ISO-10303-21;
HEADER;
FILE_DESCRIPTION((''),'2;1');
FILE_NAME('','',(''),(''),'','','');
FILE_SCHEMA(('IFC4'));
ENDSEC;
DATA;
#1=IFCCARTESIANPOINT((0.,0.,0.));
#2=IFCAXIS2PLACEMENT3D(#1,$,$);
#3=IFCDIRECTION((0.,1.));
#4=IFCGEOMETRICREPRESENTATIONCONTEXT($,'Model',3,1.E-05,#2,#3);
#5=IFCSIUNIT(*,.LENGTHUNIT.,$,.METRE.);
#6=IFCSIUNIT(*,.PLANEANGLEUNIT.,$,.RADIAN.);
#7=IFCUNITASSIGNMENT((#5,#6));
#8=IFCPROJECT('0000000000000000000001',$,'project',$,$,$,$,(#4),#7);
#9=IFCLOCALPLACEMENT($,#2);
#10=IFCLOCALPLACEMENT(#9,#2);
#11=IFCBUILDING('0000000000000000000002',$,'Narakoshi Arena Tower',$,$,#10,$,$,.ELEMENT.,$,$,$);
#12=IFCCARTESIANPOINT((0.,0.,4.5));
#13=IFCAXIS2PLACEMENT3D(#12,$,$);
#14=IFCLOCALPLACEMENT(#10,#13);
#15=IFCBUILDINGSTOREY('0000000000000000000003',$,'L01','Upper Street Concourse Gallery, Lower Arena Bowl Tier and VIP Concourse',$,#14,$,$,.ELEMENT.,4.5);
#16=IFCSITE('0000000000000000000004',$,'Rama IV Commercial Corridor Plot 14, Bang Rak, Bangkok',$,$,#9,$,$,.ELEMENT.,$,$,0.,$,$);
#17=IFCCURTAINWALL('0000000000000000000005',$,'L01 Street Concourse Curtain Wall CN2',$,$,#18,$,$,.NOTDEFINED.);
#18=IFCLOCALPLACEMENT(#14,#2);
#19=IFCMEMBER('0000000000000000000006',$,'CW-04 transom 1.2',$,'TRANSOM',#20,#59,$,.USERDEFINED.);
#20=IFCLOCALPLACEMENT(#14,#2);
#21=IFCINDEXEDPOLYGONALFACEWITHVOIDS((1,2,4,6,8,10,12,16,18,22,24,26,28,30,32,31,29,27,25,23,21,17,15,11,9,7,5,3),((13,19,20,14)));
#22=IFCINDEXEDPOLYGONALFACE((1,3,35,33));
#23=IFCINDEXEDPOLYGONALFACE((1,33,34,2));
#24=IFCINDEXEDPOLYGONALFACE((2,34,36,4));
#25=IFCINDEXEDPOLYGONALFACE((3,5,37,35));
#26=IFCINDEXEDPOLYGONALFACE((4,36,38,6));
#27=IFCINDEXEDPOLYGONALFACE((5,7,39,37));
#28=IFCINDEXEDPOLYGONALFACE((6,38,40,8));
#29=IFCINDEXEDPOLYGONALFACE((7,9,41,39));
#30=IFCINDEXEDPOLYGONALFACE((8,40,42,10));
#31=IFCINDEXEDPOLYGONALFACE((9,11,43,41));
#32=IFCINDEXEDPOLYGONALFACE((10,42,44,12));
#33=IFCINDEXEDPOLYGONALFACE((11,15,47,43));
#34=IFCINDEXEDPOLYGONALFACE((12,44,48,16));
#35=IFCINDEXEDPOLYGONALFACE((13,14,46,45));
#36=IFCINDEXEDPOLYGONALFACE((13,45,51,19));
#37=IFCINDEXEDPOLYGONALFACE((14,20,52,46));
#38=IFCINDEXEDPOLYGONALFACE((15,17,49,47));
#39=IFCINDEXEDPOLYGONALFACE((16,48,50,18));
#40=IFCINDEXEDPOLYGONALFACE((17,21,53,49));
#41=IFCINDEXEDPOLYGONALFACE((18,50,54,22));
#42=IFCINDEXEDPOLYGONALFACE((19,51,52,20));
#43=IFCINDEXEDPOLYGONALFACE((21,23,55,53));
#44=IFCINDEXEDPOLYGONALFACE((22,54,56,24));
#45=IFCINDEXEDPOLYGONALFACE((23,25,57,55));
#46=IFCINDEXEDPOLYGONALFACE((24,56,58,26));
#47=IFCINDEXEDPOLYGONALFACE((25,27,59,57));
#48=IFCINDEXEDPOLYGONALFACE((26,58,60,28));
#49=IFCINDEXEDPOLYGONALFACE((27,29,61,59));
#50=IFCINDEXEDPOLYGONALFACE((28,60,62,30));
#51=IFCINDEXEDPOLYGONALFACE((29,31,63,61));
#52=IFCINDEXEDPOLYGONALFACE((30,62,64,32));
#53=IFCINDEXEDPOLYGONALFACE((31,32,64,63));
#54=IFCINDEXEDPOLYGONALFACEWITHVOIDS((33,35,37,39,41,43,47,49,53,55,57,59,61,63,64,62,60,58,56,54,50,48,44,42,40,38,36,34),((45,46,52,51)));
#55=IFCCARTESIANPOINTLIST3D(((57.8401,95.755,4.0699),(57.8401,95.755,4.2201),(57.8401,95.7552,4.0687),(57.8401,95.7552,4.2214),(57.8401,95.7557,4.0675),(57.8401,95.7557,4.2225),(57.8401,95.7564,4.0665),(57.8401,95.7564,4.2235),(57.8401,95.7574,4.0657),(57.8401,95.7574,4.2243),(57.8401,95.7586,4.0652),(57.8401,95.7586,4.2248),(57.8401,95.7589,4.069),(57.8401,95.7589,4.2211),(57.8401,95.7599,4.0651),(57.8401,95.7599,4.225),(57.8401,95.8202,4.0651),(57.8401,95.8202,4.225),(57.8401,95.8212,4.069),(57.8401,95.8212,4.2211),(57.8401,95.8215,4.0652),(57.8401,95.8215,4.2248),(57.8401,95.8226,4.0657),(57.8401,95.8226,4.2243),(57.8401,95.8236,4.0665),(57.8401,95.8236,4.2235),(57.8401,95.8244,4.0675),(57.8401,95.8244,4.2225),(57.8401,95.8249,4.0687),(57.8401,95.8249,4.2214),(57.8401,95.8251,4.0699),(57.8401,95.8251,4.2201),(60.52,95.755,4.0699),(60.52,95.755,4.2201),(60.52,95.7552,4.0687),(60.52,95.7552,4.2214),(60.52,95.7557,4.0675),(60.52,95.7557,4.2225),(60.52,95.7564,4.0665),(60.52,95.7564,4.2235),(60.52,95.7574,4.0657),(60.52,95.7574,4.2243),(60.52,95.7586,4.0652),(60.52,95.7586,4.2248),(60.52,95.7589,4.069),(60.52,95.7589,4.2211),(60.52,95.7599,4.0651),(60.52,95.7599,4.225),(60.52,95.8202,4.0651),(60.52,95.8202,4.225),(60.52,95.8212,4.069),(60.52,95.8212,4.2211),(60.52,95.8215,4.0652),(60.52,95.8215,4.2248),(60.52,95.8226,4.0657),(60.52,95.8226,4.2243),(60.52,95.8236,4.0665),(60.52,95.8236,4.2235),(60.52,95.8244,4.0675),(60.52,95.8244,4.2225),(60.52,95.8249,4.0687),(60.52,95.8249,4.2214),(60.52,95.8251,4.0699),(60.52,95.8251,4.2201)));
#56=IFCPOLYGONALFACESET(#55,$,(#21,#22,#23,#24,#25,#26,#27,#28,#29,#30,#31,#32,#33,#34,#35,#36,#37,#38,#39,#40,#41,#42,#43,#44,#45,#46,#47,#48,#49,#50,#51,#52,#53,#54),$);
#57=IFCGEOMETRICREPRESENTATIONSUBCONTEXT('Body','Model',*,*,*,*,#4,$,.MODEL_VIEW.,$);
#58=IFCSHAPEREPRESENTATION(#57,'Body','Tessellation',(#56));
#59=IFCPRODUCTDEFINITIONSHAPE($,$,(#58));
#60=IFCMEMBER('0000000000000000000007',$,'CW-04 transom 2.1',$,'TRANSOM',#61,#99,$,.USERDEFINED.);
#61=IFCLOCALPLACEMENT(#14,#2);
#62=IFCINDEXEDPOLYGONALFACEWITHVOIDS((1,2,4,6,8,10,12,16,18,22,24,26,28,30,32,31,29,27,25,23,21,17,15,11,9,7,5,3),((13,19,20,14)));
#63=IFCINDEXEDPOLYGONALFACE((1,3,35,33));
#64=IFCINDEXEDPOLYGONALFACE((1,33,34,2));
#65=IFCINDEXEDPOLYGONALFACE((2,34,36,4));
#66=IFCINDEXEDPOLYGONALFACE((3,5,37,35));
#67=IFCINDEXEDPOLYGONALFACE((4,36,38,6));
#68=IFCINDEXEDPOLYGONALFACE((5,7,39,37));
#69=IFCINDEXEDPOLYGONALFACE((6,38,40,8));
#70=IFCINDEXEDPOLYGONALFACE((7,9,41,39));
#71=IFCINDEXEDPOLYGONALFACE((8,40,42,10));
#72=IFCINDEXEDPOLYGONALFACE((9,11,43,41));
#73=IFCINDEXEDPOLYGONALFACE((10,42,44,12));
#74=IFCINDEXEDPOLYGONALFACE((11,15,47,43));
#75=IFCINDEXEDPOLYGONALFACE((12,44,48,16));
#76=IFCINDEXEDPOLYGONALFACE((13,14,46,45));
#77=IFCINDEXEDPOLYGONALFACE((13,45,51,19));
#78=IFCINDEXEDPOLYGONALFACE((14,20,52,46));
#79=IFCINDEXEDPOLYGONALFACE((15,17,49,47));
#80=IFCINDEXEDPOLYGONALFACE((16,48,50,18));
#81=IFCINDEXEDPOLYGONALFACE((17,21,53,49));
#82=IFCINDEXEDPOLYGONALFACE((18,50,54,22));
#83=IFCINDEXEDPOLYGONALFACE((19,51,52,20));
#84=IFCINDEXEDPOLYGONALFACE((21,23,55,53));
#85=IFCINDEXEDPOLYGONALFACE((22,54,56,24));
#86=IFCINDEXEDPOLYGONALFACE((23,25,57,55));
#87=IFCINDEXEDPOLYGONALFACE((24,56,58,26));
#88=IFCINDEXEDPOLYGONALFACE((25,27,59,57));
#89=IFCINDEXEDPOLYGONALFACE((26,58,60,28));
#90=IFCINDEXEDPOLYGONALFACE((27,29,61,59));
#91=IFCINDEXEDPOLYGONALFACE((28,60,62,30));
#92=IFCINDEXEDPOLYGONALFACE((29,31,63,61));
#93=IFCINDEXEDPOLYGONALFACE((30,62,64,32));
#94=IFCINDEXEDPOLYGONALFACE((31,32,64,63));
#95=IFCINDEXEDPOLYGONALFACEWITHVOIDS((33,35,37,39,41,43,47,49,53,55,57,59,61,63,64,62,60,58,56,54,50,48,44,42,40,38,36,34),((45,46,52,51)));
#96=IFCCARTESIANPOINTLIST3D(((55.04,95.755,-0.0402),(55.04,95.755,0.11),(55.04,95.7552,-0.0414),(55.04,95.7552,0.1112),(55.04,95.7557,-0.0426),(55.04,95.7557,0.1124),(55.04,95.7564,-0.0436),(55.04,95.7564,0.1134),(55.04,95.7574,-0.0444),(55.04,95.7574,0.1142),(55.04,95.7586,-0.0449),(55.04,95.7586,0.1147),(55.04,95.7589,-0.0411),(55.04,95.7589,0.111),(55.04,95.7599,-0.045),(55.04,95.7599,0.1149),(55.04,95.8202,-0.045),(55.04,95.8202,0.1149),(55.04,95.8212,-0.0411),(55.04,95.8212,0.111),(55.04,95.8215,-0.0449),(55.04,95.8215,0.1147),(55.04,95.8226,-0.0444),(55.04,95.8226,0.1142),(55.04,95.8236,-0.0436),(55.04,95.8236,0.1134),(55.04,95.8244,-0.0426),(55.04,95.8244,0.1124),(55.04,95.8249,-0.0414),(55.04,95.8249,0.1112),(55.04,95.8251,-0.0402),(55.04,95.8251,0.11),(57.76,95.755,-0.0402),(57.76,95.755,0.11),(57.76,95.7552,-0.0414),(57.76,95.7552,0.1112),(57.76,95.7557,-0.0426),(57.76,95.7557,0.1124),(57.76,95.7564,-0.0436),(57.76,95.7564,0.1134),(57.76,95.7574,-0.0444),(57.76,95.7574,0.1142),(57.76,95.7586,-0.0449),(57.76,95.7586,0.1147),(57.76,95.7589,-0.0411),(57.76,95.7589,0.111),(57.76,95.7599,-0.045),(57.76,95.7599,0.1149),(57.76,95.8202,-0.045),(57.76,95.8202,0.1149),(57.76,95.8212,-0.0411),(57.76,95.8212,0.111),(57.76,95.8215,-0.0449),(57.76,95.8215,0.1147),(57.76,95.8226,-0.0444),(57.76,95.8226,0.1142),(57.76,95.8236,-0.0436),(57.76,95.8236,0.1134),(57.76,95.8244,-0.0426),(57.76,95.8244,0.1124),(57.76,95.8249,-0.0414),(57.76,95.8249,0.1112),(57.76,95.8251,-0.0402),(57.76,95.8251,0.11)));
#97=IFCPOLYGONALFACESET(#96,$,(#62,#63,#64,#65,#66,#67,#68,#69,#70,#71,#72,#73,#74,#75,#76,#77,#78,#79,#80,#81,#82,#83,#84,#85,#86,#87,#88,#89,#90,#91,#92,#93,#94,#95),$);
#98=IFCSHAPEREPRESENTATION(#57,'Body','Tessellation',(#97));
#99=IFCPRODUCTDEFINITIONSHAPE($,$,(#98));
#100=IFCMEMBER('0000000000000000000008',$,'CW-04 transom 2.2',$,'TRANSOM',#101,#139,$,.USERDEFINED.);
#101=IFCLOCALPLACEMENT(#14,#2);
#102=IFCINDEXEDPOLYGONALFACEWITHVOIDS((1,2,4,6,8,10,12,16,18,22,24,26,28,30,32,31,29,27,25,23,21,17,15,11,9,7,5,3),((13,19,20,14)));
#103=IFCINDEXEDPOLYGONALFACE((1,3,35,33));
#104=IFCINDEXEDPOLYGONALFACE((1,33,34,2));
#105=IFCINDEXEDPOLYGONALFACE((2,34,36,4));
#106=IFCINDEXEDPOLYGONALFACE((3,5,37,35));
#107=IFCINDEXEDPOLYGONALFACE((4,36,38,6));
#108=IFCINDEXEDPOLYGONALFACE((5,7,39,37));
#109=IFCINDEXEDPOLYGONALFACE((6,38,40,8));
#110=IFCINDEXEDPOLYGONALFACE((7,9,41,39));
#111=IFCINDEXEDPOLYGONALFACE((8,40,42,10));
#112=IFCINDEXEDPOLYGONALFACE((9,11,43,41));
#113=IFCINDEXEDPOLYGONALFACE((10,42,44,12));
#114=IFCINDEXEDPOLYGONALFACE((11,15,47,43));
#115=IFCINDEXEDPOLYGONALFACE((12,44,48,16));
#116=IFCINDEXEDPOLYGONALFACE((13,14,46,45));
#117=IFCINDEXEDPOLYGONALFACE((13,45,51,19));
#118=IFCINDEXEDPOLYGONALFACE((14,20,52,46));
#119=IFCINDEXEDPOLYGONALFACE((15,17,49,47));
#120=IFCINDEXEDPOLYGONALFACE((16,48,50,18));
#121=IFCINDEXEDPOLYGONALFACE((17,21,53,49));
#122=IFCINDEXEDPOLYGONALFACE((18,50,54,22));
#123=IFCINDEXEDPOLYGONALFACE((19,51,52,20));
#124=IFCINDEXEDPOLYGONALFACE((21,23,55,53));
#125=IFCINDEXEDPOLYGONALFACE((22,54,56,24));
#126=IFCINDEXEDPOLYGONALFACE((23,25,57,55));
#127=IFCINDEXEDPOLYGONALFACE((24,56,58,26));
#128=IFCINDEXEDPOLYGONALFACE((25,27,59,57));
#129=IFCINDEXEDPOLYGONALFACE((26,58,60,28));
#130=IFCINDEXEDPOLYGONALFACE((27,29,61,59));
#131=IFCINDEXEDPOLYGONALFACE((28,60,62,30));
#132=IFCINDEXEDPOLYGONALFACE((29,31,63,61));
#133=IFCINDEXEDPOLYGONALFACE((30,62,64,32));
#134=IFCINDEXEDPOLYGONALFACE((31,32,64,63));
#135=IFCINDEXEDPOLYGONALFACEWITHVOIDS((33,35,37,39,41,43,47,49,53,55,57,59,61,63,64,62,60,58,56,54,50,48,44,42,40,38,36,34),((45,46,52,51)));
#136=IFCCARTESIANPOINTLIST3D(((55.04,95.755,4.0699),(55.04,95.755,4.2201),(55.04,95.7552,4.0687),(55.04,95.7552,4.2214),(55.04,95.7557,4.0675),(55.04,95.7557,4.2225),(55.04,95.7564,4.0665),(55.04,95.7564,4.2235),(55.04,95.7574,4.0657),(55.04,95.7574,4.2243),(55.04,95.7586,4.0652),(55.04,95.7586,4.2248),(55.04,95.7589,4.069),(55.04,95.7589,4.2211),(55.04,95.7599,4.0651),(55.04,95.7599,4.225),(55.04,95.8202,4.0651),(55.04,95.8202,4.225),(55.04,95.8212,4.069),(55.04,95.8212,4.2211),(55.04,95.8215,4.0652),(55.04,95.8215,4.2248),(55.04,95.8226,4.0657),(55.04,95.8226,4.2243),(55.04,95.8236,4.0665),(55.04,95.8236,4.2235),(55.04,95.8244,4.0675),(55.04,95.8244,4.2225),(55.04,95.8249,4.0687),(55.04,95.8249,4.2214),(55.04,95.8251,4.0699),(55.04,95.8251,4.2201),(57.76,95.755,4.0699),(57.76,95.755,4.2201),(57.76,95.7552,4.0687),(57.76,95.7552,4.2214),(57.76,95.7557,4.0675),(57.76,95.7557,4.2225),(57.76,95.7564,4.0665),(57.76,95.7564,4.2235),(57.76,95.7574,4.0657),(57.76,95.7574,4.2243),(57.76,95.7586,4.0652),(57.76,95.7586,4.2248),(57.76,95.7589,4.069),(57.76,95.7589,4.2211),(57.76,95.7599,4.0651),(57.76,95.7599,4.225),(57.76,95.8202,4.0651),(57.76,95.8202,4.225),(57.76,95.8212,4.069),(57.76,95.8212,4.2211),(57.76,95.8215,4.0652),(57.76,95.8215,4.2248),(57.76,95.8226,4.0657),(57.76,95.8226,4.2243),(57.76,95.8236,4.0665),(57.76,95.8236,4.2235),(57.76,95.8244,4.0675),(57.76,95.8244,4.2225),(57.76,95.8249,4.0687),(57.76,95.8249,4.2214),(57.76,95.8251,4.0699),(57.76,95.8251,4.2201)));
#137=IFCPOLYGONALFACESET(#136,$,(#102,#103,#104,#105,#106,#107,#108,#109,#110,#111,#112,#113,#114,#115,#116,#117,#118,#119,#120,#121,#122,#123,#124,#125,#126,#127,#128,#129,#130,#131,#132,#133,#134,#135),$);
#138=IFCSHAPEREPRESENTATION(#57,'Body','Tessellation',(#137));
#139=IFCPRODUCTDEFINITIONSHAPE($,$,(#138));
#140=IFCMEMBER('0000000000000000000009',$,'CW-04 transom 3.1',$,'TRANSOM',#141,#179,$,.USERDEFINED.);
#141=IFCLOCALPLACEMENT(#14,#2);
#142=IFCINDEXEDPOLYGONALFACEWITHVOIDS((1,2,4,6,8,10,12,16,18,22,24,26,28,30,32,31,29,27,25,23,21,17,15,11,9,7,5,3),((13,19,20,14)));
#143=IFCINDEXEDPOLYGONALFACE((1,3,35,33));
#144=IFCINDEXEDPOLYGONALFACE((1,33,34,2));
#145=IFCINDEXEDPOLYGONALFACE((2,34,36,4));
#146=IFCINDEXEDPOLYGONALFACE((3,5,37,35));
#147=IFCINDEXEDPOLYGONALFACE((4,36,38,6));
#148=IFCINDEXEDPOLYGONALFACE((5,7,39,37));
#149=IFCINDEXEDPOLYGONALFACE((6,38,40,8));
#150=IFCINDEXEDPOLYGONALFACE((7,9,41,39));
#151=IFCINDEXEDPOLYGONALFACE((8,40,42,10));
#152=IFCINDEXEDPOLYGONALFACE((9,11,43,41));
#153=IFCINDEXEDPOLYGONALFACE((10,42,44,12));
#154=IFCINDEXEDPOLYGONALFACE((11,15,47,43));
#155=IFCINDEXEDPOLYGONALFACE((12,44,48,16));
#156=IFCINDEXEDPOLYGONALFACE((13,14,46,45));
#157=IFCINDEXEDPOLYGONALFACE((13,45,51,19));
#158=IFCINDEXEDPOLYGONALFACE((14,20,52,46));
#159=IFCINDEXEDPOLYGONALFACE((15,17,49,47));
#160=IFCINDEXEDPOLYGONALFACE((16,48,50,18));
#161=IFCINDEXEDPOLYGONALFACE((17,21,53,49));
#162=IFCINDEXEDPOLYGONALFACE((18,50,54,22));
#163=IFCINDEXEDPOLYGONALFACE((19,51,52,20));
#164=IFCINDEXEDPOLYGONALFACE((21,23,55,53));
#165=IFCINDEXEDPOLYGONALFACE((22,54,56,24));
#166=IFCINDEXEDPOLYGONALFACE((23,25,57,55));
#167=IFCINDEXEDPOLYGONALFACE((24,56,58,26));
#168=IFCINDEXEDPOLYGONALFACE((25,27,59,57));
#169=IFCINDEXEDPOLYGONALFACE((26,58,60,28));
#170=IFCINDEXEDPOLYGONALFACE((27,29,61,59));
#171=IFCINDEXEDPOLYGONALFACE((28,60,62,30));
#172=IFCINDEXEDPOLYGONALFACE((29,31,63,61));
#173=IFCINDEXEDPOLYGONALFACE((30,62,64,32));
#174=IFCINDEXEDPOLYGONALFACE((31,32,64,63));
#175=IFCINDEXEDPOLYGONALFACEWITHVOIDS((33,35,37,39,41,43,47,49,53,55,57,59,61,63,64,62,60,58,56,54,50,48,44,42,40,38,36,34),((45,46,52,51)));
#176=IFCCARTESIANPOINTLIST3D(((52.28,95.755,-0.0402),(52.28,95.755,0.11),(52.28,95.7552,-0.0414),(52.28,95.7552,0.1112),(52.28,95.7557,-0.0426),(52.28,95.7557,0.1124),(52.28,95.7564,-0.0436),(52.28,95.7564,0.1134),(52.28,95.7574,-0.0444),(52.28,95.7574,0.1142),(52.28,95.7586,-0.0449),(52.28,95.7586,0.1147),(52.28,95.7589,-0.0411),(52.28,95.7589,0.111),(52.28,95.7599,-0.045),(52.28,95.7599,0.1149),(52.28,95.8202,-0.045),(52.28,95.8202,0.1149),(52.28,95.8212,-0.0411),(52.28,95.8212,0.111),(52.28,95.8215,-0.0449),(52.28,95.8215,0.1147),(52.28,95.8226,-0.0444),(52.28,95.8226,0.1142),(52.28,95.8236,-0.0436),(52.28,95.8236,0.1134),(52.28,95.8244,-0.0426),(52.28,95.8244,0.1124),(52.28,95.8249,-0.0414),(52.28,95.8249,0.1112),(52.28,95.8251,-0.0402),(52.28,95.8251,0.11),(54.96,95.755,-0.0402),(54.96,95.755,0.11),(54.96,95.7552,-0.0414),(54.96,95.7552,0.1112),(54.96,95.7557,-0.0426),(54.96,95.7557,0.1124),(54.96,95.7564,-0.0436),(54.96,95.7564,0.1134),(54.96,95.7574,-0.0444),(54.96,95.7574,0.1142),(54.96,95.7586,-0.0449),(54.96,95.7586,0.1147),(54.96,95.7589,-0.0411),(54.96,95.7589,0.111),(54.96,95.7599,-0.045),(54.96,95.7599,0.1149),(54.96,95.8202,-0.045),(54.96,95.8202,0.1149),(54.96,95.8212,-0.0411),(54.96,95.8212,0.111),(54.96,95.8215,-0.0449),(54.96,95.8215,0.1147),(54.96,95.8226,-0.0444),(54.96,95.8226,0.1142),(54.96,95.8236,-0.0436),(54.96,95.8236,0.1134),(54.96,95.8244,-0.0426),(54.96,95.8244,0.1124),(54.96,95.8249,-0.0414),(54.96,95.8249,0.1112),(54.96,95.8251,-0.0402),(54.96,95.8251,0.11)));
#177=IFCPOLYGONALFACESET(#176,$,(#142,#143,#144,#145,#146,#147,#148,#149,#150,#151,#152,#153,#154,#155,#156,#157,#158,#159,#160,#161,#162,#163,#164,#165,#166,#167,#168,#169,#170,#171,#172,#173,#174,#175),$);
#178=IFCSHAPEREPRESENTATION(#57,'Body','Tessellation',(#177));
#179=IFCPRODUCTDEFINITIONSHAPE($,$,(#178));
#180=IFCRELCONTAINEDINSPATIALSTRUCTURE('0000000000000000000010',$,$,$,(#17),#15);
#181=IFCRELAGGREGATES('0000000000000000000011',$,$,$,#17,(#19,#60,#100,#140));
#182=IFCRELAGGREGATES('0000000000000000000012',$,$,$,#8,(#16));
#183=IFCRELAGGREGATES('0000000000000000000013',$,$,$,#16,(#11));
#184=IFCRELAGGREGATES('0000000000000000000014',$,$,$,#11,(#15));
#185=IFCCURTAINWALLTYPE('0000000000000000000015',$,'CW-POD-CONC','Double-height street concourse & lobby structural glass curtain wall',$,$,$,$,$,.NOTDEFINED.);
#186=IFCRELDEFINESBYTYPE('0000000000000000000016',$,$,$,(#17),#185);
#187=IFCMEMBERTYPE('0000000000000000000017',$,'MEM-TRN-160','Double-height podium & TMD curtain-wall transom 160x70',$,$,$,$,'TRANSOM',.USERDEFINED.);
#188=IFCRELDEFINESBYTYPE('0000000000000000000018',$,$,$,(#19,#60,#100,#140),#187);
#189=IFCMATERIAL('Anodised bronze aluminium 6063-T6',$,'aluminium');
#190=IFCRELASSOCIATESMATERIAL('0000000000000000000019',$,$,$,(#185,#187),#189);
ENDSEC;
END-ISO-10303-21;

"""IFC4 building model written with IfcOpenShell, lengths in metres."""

from ifc_helpers import new_model, si_unit, direction, frame, origin, origin_2d, place, context, subcontext, project, spatial, hollow_rectangle, extrude, material, material_profile, profile_set, type_object, element, aggregate, save


model = new_model("IFC4")

# Units and contexts
model_context = context("Model", 3, precision=1e-05, world=origin(), true_north=direction((0.0, 1.0)))
body_context = subcontext(model_context, "Body", "Model", "MODEL_VIEW")
ifc_project = project(units=[si_unit("LENGTHUNIT", "METRE"), si_unit("PLANEANGLEUNIT", "RADIAN")], contexts=[model_context])

# Site, building, storey
site_placement = place(None, origin())
site = spatial("IfcSite", under=ifc_project, at=site_placement, Name="Rama IV Commercial Corridor Plot 14, Bang Rak, Bangkok", CompositionType="ELEMENT", RefElevation=0.0)
building_placement = place(site_placement, origin())
building = spatial("IfcBuilding", under=site, at=building_placement, Name="Narakoshi Arena Tower", CompositionType="ELEMENT")
storey_placement = place(building_placement, frame((0.0, 0.0, 4.5)))
storey = spatial("IfcBuildingStorey", under=building, at=storey_placement, Name="L01", Description="Upper Street Concourse Gallery, Lower Arena Bowl Tier and VIP Concourse", CompositionType="ELEMENT", Elevation=4.5)

# Shared definitions
ifc_material_1 = material(Name="Anodised bronze aluminium 6063-T6", Category="aluminium")
curtain_wall_type = type_object("IfcCurtainWallType", Name="CW-POD-CONC", Description="Double-height street concourse & lobby structural glass curtain wall", PredefinedType="NOTDEFINED", material=ifc_material_1)

# Curtain wall
curtain_wall_1_placement = place(storey_placement, origin())
curtain_wall_1 = element("IfcCurtainWall", 1, at=curtain_wall_1_placement, inside=storey, type_object=curtain_wall_type, Name="L01 Street Concourse Curtain Wall CN2", PredefinedType="NOTDEFINED")

# Members
ifc_material_profile_1 = material_profile(ifc_material_1, hollow_rectangle(XDim=0.0701, YDim=0.1599, WallThickness=0.0039, OuterFilletRadius=0.0049, at=origin_2d()), Name="TRN160x70x4")
ifc_profile_set_1 = profile_set([ifc_material_profile_1], Name="Anodised bronze aluminium 6063-T6")
member_type_1 = type_object("IfcMemberType", Name="MEM-TRN-160", Description="Double-height podium & TMD curtain-wall transom 160x70", ElementType="TRANSOM", PredefinedType="USERDEFINED", material=ifc_profile_set_1)
member_1_placement = place(storey_placement, frame((60.52, 95.79, 4.145), z_axis=(-1.0, 0.0, 0.0), x_axis=(0.0, -1.0, 0.0)))
member_1 = element("IfcMember", 2, at=member_1_placement, type_object=member_type_1, Name="CW-04 transom 1.2", ObjectType="TRANSOM", PredefinedType="USERDEFINED", context=body_context, shape_type="SweptSolid", body=[
    extrude(hollow_rectangle(XDim=0.0701, YDim=0.1599, WallThickness=0.0039, OuterFilletRadius=0.0049, at=origin_2d()), origin(), (0.0, 0.0, 1.0), 2.6799),
])
member_2_placement = place(storey_placement, frame((57.76, 95.79, 0.0349), z_axis=(-1.0, 0.0, 0.0), x_axis=(0.0, -1.0, 0.0)))
member_2 = element("IfcMember", 3, at=member_2_placement, type_object=member_type_1, Name="CW-04 transom 2.1", ObjectType="TRANSOM", PredefinedType="USERDEFINED", context=body_context, shape_type="SweptSolid", body=[
    extrude(hollow_rectangle(XDim=0.0701, YDim=0.1599, WallThickness=0.0039, OuterFilletRadius=0.0049, at=origin_2d()), origin(), (0.0, 0.0, 1.0), 2.72),
])
member_3_placement = place(storey_placement, frame((57.76, 95.79, 4.145), z_axis=(-1.0, 0.0, 0.0), x_axis=(0.0, -1.0, 0.0)))
member_3 = element("IfcMember", 4, at=member_3_placement, type_object=member_type_1, Name="CW-04 transom 2.2", ObjectType="TRANSOM", PredefinedType="USERDEFINED", context=body_context, shape_type="SweptSolid", body=[
    extrude(hollow_rectangle(XDim=0.0701, YDim=0.1599, WallThickness=0.0039, OuterFilletRadius=0.0049, at=origin_2d()), origin(), (0.0, 0.0, 1.0), 2.72),
])
member_4_placement = place(storey_placement, frame((54.96, 95.79, 0.0349), z_axis=(-1.0, 0.0, 0.0), x_axis=(0.0, -1.0, 0.0)))
member_4 = element("IfcMember", 5, at=member_4_placement, type_object=member_type_1, Name="CW-04 transom 3.1", ObjectType="TRANSOM", PredefinedType="USERDEFINED", context=body_context, shape_type="SweptSolid", body=[
    extrude(hollow_rectangle(XDim=0.0701, YDim=0.1599, WallThickness=0.0039, OuterFilletRadius=0.0049, at=origin_2d()), origin(), (0.0, 0.0, 1.0), 2.6799),
])

aggregate(curtain_wall_1, [member_1, member_2, member_3, member_4])

save(model, "model.ifc")
